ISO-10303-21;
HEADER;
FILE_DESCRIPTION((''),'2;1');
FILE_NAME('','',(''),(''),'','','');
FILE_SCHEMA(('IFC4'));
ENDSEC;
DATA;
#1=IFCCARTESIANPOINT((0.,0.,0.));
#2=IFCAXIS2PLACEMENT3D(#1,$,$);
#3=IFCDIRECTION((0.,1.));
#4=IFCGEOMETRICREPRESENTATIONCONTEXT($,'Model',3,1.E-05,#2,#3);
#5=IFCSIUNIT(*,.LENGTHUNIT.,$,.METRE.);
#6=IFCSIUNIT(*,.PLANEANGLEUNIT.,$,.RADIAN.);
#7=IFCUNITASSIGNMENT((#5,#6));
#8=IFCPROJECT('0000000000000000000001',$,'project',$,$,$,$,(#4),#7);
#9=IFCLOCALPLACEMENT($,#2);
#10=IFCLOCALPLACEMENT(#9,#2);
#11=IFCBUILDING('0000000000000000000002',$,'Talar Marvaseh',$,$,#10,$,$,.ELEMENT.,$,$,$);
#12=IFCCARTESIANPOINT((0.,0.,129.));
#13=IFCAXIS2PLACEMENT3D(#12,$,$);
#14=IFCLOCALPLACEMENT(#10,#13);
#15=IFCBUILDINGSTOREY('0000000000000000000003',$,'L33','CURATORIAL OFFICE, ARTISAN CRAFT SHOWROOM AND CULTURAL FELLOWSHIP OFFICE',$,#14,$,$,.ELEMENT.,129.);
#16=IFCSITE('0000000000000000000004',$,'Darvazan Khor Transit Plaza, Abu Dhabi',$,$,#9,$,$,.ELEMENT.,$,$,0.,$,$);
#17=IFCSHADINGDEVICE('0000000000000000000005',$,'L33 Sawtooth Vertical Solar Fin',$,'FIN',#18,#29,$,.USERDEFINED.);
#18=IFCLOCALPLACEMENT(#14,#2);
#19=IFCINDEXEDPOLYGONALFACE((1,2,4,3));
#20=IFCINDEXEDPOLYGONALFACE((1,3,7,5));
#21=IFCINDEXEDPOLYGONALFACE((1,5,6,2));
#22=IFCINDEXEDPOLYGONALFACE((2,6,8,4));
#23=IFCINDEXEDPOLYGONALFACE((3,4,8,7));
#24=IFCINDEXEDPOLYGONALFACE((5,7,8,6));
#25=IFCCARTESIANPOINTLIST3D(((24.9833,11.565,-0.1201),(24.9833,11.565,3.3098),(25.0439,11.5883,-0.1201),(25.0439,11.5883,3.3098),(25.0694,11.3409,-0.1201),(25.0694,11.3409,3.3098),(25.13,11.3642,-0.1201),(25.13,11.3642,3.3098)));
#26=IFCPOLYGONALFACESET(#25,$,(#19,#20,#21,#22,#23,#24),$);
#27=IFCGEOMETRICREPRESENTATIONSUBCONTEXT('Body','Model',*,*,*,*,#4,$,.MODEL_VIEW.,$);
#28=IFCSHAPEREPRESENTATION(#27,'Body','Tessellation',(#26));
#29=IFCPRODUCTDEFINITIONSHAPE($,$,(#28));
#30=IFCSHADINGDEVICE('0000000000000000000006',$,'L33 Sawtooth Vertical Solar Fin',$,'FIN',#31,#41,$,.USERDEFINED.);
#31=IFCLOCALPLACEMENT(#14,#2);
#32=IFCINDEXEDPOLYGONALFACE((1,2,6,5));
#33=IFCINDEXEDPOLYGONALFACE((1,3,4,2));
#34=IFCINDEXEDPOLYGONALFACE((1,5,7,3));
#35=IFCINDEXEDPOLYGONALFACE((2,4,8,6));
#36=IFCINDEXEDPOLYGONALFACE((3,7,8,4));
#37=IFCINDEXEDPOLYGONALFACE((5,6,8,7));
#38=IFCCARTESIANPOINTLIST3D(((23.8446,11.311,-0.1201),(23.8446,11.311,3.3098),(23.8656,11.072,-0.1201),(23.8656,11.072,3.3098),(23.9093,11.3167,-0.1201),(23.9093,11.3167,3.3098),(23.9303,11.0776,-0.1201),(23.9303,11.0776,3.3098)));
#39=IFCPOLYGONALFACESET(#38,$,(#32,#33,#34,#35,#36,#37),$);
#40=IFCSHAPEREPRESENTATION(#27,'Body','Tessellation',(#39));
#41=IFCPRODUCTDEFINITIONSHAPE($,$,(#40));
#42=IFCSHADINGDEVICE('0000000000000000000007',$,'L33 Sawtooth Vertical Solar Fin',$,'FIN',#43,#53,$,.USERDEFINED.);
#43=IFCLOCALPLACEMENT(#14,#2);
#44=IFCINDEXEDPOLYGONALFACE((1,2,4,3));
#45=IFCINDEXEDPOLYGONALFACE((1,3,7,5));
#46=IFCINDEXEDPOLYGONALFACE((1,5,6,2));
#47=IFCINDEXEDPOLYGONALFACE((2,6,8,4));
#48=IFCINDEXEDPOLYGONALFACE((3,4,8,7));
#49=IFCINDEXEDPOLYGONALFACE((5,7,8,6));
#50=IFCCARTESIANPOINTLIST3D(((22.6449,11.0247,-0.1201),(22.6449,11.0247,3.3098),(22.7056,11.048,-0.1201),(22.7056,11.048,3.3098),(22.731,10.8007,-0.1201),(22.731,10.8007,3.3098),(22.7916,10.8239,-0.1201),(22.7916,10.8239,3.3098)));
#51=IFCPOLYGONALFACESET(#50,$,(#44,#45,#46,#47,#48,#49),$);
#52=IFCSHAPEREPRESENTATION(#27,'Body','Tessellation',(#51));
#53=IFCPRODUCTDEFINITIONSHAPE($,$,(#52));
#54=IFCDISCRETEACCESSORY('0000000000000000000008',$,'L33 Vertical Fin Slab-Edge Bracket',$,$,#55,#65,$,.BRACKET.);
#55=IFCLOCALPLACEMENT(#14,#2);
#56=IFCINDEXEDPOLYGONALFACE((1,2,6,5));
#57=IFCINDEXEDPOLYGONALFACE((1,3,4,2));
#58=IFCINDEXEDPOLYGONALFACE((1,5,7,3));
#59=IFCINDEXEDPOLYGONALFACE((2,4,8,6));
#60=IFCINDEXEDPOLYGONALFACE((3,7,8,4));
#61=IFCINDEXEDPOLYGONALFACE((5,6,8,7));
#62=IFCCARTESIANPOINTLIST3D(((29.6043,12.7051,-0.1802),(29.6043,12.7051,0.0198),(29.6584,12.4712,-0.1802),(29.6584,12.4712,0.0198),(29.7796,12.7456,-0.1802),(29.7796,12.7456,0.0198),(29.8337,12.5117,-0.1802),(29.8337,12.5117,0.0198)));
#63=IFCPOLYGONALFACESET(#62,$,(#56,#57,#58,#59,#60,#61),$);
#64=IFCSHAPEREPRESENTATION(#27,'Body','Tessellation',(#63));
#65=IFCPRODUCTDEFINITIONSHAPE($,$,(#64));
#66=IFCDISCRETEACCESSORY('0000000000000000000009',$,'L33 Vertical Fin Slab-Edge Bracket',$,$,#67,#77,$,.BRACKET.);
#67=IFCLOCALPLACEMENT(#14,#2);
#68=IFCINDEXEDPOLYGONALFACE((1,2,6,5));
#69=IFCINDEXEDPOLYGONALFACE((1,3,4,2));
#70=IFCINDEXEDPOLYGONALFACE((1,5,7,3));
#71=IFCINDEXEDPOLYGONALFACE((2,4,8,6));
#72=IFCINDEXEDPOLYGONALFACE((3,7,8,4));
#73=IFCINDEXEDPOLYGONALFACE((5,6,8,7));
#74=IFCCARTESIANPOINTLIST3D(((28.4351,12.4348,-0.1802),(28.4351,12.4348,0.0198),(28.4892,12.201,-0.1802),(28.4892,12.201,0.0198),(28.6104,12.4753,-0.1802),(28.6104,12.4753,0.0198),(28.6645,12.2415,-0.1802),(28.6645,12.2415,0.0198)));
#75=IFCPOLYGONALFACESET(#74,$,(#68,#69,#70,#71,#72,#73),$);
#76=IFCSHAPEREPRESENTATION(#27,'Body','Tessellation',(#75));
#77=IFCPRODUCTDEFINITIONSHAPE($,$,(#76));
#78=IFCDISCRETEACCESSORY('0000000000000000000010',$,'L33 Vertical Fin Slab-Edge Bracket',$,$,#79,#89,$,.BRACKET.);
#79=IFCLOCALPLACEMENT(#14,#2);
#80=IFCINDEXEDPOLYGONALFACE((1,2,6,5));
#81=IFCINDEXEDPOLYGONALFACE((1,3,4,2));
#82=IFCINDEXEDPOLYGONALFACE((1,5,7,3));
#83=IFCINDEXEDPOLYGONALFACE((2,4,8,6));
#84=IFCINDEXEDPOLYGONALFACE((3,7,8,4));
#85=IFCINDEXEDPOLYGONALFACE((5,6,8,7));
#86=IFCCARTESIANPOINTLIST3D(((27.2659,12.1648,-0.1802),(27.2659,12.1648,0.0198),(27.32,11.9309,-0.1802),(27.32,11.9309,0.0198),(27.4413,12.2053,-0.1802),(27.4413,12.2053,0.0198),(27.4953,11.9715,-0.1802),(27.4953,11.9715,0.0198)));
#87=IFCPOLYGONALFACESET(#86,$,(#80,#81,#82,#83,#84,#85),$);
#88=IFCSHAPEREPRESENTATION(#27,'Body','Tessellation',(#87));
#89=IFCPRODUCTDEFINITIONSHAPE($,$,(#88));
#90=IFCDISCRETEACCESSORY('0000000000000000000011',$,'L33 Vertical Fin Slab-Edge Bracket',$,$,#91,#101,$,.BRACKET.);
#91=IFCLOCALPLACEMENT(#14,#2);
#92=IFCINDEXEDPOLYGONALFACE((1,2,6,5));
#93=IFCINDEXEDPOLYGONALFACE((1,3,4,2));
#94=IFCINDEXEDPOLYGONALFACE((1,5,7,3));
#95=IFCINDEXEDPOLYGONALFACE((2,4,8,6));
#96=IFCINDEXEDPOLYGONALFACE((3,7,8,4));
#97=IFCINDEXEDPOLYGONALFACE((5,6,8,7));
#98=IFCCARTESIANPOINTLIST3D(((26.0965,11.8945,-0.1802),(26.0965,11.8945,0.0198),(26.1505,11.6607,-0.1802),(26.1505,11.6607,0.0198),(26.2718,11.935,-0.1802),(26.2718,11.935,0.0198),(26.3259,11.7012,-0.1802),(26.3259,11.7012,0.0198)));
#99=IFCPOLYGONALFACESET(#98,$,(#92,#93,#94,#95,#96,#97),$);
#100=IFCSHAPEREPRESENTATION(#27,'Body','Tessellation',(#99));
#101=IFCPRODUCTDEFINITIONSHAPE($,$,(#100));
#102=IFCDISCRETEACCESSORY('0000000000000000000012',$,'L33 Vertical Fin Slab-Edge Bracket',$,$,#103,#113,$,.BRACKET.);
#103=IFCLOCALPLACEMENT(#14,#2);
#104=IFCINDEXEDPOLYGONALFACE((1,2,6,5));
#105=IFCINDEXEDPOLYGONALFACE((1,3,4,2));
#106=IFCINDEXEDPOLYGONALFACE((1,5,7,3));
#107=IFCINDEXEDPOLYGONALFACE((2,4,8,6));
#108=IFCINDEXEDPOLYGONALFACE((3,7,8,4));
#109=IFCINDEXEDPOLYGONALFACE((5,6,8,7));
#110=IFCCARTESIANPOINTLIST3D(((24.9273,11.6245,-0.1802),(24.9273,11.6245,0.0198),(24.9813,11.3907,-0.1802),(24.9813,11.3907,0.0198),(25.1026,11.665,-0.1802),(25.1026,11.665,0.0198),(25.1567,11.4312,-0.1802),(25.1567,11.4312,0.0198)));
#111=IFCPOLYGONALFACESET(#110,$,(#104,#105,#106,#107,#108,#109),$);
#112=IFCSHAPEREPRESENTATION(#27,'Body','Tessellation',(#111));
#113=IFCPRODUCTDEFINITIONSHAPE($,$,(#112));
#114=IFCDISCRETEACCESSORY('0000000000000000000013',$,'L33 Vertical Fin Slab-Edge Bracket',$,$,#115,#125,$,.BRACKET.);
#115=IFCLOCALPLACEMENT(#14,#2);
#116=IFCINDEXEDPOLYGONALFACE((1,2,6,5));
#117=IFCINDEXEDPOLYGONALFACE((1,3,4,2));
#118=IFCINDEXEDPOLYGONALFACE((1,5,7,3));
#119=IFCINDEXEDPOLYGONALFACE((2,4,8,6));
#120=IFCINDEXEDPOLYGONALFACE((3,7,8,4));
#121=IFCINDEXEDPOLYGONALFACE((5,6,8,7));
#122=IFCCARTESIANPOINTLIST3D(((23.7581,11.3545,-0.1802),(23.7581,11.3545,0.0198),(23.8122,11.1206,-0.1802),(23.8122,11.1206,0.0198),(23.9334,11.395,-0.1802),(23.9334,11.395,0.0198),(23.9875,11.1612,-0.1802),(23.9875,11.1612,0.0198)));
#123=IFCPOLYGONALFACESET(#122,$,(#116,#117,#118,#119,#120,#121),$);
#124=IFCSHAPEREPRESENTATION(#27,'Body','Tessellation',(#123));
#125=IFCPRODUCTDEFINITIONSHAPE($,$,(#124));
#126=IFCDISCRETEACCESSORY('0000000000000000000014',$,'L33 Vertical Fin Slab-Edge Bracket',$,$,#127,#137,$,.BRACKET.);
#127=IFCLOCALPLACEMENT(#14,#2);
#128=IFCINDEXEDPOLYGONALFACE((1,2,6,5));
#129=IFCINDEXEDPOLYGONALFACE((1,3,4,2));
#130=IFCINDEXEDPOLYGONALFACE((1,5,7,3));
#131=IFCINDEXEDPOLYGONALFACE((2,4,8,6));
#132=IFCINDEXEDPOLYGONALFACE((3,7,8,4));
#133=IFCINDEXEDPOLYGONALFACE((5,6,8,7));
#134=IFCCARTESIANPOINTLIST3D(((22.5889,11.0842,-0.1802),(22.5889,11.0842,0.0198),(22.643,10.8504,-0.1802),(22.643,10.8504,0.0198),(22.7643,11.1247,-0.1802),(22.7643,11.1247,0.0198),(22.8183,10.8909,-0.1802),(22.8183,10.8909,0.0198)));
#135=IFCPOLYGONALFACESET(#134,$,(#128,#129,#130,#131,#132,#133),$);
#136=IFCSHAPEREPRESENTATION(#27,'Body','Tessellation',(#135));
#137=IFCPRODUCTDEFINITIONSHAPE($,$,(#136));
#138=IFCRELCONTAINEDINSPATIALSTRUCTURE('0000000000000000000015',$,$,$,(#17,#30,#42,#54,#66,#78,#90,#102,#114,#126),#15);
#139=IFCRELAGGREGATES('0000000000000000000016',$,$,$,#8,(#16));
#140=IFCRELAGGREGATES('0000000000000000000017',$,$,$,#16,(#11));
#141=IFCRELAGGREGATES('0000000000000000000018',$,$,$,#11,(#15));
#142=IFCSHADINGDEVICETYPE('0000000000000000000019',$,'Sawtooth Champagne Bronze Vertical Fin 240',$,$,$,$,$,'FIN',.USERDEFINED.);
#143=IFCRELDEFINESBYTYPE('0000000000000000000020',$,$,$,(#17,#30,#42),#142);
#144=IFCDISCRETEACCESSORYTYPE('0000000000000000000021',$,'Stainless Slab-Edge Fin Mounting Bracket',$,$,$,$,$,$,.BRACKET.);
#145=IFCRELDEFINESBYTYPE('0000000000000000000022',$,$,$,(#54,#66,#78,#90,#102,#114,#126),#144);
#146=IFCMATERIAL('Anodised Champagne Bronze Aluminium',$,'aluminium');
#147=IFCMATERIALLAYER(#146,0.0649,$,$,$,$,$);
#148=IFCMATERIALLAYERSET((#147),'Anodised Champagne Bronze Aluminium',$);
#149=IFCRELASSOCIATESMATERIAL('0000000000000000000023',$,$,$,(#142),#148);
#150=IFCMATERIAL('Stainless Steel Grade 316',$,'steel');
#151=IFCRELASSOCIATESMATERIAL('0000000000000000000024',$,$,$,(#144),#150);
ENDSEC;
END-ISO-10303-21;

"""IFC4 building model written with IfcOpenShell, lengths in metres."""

from ifc_helpers import new_model, si_unit, direction, frame, origin, origin_2d, place, context, subcontext, project, spatial, rectangle, extrude, source, transform, mapped, material, layer, layer_set, type_object, type_shapes, element, save


model = new_model("IFC4")

# Units and contexts
model_context = context("Model", 3, precision=1e-05, world=origin(), true_north=direction((0.0, 1.0)))
body_context = subcontext(model_context, "Body", "Model", "MODEL_VIEW")
ifc_project = project(units=[si_unit("LENGTHUNIT", "METRE"), si_unit("PLANEANGLEUNIT", "RADIAN")], contexts=[model_context])

# Site, building, storey
site_placement = place(None, origin())
site = spatial("IfcSite", under=ifc_project, at=site_placement, Name="Darvazan Khor Transit Plaza, Abu Dhabi", CompositionType="ELEMENT", RefElevation=0.0)
building_placement = place(site_placement, origin())
building = spatial("IfcBuilding", under=site, at=building_placement, Name="Talar Marvaseh", CompositionType="ELEMENT")
storey_placement = place(building_placement, frame((0.0, 0.0, 129.0)))
storey = spatial("IfcBuildingStorey", under=building, at=storey_placement, Name="L33", Description="CURATORIAL OFFICE, ARTISAN CRAFT SHOWROOM AND CULTURAL FELLOWSHIP OFFICE", CompositionType="ELEMENT", Elevation=129.0)

# Shading devices
ifc_material_1 = material(Name="Anodised Champagne Bronze Aluminium", Category="aluminium")
ifc_layer_1 = layer(ifc_material_1, 0.0649)
ifc_layer_set_1 = layer_set([ifc_layer_1], Name="Anodised Champagne Bronze Aluminium")
shading_device_type = type_object("IfcShadingDeviceType", Name="Sawtooth Champagne Bronze Vertical Fin 240", ElementType="FIN", PredefinedType="USERDEFINED", material=ifc_layer_set_1)
shared_shape_1 = source(origin(), body_context, "Body", "SweptSolid", [
    extrude(rectangle(XDim=0.24, YDim=0.0649, at=origin_2d()), origin(), (0.0, 0.0, 1.0), 3.4299),
])
type_shapes(shading_device_type, [shared_shape_1])
for number, where, z_axis, x_axis, name in (
    (1, (25.0566, 11.4646, -0.1201), (0.0, 0.0, 1.0), (0.358531, -0.933518, 0.0), "L33 Sawtooth Vertical Solar Fin"),
    (2, (23.8875, 11.1943, -0.1201), (0.0, 0.0, 1.0), (0.08733, -0.996179, 0.0), "L33 Sawtooth Vertical Solar Fin"),
    (3, (22.7183, 10.9243, -0.1201), (0.0, 0.0, 1.0), (0.358531, -0.933518, 0.0), "L33 Sawtooth Vertical Solar Fin"),
):
    element("IfcShadingDevice", number, at=place(storey_placement, frame(where, z_axis=z_axis, x_axis=x_axis)), inside=storey, type_object=shading_device_type, Name=name, ObjectType="FIN", PredefinedType="USERDEFINED", context=body_context, shape_type="MappedRepresentation", body=[
        mapped(shared_shape_1, transform((0.0, 0.0, 0.0), x_axis=(1.0, 0.0, 0.0), y_axis=(0.0, 1.0, 0.0), z_axis=(0.0, 0.0, 1.0), scale=1.0)),
    ])

# Discrete accessories
ifc_material_2 = material(Name="Stainless Steel Grade 316", Category="steel")
discrete_accessory_type = type_object("IfcDiscreteAccessoryType", Name="Stainless Slab-Edge Fin Mounting Bracket", PredefinedType="BRACKET", material=ifc_material_2)
shared_shape_2 = source(origin(), body_context, "Body", "SweptSolid", [
    extrude(rectangle(XDim=0.24, YDim=0.1799, at=origin_2d()), origin(), (0.0, 0.0, 1.0), 0.2),
])
type_shapes(discrete_accessory_type, [shared_shape_2])
for number, where, z_axis, x_axis, name in (
    (4, (29.719, 12.6084, -0.1802), (0.0, 0.0, 1.0), (0.225121, -0.974331, 0.0), "L33 Vertical Fin Slab-Edge Bracket"),
    (5, (28.5498, 12.3381, -0.1802), (0.0, 0.0, 1.0), (0.225121, -0.974331, 0.0), "L33 Vertical Fin Slab-Edge Bracket"),
    (6, (27.3806, 12.0681, -0.1802), (0.0, 0.0, 1.0), (0.225121, -0.974331, 0.0), "L33 Vertical Fin Slab-Edge Bracket"),
    (7, (26.2112, 11.7979, -0.1802), (0.0, 0.0, 1.0), (0.225121, -0.974331, 0.0), "L33 Vertical Fin Slab-Edge Bracket"),
    (8, (25.042, 11.5278, -0.1802), (0.0, 0.0, 1.0), (0.225121, -0.974331, 0.0), "L33 Vertical Fin Slab-Edge Bracket"),
    (9, (23.8728, 11.2578, -0.1802), (0.0, 0.0, 1.0), (0.225121, -0.974331, 0.0), "L33 Vertical Fin Slab-Edge Bracket"),
    (10, (22.7036, 10.9875, -0.1802), (0.0, 0.0, 1.0), (0.225121, -0.974331, 0.0), "L33 Vertical Fin Slab-Edge Bracket"),
):
    element("IfcDiscreteAccessory", number, at=place(storey_placement, frame(where, z_axis=z_axis, x_axis=x_axis)), inside=storey, type_object=discrete_accessory_type, Name=name, PredefinedType="BRACKET", context=body_context, shape_type="MappedRepresentation", body=[
        mapped(shared_shape_2, transform((0.0, 0.0, 0.0), x_axis=(1.0, 0.0, 0.0), y_axis=(0.0, 1.0, 0.0), z_axis=(0.0, 0.0, 1.0), scale=1.0)),
    ])

save(model, "model.ifc")
